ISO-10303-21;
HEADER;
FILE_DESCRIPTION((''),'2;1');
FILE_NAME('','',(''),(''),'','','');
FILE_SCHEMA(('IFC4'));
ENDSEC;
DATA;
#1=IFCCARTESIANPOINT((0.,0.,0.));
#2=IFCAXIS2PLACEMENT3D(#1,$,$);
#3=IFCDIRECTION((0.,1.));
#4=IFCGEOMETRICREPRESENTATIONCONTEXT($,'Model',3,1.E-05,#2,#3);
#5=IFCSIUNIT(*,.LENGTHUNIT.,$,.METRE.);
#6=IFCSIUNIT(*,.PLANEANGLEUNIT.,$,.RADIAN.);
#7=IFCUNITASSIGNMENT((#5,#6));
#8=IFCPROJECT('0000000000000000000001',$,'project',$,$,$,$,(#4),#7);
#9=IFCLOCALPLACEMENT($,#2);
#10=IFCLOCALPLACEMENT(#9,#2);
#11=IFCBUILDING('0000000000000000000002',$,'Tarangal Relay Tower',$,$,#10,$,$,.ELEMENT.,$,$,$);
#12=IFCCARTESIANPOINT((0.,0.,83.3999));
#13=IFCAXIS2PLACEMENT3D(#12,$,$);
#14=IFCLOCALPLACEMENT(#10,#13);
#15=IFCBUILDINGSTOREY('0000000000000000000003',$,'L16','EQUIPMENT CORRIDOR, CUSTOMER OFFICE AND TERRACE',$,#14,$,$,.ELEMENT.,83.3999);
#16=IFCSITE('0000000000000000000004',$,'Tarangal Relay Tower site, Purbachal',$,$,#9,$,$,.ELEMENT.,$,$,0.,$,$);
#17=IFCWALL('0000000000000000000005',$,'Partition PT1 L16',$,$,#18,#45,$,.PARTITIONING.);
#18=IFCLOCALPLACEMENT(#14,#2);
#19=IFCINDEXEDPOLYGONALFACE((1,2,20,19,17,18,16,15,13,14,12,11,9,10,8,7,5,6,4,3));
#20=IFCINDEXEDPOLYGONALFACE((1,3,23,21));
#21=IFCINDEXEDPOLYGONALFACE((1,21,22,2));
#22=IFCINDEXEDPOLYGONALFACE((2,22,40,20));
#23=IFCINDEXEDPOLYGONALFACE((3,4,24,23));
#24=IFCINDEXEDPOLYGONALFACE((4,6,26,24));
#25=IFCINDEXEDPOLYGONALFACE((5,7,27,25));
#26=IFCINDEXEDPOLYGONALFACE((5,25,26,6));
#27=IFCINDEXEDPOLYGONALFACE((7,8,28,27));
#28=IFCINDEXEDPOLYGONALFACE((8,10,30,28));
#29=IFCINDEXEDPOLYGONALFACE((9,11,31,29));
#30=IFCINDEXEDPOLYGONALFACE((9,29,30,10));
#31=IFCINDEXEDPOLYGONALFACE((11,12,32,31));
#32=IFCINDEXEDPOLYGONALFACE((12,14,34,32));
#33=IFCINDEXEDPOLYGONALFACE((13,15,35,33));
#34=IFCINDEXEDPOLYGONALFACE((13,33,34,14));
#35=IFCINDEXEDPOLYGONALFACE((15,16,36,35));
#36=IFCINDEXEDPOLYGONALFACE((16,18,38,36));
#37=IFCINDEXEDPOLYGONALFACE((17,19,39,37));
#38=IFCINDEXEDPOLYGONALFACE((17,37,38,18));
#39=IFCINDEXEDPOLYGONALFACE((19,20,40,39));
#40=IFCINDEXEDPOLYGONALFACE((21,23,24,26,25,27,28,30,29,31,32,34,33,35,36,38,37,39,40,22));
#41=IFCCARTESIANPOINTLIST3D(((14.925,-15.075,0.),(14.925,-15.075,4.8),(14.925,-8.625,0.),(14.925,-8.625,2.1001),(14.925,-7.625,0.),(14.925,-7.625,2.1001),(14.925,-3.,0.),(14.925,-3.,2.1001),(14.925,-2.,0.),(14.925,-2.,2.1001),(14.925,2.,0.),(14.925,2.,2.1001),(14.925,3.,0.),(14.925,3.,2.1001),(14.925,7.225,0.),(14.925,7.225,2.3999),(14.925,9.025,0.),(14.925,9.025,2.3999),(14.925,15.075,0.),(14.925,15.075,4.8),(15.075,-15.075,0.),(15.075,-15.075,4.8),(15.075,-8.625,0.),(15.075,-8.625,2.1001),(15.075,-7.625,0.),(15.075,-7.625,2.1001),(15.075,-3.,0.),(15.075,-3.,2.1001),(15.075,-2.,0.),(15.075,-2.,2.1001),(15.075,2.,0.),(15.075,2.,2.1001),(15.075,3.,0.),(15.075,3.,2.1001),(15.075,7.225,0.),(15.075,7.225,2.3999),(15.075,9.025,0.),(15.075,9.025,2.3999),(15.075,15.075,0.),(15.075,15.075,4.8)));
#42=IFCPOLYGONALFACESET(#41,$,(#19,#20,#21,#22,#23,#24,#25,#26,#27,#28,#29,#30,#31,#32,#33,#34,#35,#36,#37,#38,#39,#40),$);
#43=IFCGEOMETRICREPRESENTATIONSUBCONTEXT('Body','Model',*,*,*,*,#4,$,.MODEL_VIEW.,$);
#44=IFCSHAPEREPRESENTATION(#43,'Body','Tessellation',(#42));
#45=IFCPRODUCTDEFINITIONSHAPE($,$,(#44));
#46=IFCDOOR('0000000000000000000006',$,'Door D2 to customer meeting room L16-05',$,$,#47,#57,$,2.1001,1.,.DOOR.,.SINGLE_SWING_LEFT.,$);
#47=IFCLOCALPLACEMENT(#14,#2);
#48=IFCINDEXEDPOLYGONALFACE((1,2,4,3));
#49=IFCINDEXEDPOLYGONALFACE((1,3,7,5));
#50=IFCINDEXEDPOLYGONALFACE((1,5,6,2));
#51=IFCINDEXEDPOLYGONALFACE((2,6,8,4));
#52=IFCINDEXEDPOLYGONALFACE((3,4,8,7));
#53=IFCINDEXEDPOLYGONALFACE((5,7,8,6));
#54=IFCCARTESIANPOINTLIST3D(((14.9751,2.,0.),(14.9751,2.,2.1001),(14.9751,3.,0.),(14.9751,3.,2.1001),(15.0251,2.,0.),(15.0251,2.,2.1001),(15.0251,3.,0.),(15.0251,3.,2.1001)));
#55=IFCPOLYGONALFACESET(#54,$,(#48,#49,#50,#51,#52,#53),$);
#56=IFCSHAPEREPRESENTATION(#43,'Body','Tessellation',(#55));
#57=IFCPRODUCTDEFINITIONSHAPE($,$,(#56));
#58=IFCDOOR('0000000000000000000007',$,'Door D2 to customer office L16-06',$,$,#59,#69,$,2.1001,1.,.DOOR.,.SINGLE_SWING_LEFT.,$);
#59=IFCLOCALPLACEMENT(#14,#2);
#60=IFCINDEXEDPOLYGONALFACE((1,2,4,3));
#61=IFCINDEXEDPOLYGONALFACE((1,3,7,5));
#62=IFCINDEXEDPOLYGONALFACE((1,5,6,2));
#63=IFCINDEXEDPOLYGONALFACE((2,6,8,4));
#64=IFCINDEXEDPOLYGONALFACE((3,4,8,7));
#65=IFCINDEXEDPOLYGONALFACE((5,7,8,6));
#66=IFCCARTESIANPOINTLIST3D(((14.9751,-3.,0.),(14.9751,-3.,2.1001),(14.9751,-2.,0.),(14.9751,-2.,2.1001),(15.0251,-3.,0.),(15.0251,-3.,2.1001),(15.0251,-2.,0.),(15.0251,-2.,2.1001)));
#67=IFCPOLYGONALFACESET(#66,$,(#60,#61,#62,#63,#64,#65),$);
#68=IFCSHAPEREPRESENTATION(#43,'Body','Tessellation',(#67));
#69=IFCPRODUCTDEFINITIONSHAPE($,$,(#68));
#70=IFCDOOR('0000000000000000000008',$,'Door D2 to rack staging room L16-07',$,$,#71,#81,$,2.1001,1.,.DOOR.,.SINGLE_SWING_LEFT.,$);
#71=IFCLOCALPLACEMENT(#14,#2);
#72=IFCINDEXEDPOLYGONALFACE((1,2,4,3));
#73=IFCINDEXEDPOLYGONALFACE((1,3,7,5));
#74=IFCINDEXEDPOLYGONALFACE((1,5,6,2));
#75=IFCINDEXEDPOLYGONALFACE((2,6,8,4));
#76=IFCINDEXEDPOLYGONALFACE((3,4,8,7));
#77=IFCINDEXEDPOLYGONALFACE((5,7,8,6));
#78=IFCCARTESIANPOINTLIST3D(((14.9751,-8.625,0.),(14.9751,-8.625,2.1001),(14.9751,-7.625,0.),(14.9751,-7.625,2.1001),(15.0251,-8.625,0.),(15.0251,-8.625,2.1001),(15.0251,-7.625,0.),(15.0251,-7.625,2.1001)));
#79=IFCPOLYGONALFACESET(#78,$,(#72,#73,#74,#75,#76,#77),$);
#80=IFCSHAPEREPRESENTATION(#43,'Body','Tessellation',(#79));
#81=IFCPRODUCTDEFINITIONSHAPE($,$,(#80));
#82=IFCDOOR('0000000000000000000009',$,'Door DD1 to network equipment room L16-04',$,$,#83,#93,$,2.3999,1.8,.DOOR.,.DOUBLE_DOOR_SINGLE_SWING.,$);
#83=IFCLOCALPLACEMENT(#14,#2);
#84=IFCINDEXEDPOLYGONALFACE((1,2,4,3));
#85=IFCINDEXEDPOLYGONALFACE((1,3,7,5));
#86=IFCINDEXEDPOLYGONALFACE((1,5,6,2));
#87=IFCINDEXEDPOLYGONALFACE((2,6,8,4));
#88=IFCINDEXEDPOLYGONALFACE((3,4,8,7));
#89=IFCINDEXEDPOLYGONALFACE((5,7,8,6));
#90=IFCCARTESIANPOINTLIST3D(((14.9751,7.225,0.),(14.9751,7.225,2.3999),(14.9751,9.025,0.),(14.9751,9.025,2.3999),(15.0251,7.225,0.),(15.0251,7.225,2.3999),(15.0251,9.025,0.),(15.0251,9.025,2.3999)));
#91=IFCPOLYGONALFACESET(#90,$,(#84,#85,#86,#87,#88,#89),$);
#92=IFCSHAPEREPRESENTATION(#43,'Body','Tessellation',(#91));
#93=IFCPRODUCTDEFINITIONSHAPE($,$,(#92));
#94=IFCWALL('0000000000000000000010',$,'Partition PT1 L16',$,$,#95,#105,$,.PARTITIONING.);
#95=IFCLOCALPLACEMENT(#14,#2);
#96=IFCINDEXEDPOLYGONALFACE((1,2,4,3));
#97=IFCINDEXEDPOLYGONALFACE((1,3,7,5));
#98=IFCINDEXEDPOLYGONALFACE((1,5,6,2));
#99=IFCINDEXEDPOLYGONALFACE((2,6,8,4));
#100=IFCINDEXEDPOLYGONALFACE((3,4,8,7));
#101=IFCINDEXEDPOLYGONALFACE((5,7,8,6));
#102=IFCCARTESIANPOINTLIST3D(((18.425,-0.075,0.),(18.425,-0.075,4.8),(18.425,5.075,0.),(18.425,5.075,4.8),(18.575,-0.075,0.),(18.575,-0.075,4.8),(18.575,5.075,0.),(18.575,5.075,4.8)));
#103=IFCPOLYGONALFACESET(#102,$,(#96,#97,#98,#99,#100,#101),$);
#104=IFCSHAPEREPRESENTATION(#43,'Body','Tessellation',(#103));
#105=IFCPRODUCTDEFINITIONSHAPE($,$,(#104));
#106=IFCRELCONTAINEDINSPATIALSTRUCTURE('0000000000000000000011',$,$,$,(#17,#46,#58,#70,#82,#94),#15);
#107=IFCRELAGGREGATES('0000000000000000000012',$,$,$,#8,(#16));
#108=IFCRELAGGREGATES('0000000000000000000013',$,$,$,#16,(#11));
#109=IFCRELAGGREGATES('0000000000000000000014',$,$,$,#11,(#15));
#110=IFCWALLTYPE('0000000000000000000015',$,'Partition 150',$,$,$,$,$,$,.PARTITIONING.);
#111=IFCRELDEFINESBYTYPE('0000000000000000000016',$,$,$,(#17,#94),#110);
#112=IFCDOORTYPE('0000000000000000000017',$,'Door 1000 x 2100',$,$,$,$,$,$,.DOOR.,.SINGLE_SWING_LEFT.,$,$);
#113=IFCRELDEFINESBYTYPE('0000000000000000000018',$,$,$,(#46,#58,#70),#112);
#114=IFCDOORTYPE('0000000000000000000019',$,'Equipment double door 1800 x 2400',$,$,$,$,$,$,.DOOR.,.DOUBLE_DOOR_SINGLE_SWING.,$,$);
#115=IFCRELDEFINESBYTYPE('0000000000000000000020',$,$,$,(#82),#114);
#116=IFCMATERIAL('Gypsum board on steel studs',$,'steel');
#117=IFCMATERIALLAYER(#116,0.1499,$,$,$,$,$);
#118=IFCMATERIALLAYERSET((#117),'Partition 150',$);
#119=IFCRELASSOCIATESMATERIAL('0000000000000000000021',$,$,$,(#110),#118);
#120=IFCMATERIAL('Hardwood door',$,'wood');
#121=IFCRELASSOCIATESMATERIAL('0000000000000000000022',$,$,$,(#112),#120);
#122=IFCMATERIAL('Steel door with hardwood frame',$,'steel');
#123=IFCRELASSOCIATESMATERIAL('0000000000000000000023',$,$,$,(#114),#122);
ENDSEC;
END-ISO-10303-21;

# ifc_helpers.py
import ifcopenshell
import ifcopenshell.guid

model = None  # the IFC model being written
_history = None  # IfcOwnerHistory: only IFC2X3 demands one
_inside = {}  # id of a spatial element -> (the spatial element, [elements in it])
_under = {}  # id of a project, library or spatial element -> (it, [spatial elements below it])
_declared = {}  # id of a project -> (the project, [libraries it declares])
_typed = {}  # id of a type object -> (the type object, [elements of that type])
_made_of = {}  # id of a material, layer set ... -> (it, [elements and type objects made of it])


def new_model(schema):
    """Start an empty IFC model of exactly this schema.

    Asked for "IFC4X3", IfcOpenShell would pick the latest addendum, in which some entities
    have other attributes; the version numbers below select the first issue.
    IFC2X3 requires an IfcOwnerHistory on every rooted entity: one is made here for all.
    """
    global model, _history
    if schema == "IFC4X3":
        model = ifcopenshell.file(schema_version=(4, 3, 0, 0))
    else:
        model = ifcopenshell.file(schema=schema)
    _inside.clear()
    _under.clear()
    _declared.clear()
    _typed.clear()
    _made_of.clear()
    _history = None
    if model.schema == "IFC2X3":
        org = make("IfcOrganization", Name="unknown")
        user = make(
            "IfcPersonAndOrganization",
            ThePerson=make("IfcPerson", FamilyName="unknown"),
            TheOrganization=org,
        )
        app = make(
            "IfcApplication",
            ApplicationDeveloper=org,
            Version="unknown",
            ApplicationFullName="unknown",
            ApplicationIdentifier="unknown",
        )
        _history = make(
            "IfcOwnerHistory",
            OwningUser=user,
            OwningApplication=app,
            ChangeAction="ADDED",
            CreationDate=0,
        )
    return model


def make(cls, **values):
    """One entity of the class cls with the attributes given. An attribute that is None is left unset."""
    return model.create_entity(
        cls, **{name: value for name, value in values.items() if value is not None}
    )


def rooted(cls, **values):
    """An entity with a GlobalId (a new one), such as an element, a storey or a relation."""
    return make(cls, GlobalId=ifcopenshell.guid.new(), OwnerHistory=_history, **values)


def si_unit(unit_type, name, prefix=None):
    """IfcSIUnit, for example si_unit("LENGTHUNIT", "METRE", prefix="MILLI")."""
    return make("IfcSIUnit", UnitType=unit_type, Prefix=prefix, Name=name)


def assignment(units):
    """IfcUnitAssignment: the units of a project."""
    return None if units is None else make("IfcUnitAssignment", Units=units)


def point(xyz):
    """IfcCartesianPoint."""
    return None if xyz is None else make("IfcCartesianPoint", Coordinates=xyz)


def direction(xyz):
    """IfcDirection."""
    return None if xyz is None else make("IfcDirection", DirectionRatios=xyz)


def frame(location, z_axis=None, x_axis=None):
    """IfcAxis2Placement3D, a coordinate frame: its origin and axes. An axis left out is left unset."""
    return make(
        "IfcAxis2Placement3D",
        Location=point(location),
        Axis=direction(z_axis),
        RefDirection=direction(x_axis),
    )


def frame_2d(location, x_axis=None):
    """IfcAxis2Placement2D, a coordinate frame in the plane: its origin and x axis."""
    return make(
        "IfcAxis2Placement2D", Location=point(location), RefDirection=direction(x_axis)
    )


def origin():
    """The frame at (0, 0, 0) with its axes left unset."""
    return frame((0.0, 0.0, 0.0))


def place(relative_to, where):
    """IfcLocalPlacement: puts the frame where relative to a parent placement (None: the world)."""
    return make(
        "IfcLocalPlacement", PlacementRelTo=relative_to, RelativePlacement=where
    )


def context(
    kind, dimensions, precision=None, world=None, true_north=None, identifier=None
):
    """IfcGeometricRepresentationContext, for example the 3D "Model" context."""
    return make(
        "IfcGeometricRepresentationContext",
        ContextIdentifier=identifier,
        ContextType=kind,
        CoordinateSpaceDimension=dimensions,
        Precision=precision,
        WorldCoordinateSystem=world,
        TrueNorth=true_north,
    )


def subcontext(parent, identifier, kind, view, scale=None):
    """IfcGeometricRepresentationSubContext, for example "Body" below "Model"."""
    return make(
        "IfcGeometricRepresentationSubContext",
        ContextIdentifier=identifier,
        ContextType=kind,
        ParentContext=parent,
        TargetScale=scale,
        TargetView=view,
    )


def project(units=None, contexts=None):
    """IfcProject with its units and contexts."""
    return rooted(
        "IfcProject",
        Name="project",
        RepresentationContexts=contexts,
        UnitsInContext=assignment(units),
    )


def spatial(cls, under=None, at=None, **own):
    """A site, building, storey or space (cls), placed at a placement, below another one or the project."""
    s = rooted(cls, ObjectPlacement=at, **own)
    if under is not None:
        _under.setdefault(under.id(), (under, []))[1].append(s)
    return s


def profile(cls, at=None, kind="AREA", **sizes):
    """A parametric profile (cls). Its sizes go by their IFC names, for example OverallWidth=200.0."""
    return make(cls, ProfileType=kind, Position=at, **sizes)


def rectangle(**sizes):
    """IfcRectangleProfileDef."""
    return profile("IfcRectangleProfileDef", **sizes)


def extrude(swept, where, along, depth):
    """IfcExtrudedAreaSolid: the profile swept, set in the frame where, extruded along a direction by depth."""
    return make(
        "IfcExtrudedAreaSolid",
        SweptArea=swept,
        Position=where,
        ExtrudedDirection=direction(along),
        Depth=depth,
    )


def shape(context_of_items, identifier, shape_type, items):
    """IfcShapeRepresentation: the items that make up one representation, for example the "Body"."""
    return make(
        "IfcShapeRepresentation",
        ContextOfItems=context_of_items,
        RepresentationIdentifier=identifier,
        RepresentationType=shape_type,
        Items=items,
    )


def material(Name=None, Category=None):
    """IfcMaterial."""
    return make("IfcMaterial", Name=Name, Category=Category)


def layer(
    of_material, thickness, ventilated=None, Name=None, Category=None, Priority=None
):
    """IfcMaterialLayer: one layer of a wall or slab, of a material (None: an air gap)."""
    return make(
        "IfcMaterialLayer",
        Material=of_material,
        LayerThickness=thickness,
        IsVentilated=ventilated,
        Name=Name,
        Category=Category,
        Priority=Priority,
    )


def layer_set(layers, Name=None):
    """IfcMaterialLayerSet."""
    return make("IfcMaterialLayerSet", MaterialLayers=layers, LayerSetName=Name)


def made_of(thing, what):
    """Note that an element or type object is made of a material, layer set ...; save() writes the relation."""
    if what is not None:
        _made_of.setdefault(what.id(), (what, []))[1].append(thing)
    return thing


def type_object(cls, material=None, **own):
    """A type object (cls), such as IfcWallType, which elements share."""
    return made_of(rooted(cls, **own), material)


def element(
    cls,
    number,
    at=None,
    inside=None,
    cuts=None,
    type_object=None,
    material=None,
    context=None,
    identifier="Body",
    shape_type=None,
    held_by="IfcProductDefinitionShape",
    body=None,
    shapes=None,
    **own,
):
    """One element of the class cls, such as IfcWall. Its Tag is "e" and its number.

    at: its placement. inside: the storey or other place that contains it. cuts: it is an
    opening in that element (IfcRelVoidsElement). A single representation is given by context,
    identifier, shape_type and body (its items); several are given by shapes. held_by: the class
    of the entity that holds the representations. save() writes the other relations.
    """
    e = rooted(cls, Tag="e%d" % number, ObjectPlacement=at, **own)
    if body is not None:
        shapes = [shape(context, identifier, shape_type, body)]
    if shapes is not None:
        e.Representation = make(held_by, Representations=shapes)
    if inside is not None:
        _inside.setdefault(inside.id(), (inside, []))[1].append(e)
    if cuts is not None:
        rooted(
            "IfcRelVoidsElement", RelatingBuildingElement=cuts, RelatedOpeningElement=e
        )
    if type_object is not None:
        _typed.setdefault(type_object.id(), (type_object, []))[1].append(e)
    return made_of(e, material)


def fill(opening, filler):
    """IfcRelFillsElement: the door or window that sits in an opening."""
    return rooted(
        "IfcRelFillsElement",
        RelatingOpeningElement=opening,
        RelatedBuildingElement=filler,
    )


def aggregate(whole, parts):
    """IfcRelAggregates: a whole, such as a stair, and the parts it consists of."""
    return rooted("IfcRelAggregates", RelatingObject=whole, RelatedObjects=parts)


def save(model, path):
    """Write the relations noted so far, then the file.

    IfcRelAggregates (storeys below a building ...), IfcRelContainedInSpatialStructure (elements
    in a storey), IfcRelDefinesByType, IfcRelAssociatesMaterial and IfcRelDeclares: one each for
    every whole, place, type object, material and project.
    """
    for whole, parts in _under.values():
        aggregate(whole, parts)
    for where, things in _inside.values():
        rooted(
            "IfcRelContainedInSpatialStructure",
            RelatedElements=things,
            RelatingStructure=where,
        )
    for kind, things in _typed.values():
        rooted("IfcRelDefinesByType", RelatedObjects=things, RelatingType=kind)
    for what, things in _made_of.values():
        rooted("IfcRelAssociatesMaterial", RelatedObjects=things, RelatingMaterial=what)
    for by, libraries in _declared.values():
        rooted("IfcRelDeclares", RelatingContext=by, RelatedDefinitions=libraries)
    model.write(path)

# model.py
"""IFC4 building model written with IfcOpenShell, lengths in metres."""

from ifc_helpers import new_model, si_unit, direction, frame, frame_2d, origin, place, context, subcontext, project, spatial, rectangle, extrude, material, layer, layer_set, type_object, element, fill, save


model = new_model("IFC4")

# Units and contexts
model_context = context("Model", 3, precision=1e-05, world=origin(), true_north=direction((0.0, 1.0)))
body_context = subcontext(model_context, "Body", "Model", "MODEL_VIEW")
ifc_project = project(units=[si_unit("LENGTHUNIT", "METRE"), si_unit("PLANEANGLEUNIT", "RADIAN")], contexts=[model_context])

# Site, building, storey
site_placement = place(None, origin())
site = spatial("IfcSite", under=ifc_project, at=site_placement, Name="Tarangal Relay Tower site, Purbachal", CompositionType="ELEMENT", RefElevation=0.0)
building_placement = place(site_placement, origin())
building = spatial("IfcBuilding", under=site, at=building_placement, Name="Tarangal Relay Tower", CompositionType="ELEMENT")
storey_placement = place(building_placement, frame((0.0, 0.0, 83.3999)))
storey = spatial("IfcBuildingStorey", under=building, at=storey_placement, Name="L16", Description="EQUIPMENT CORRIDOR, CUSTOMER OFFICE AND TERRACE", CompositionType="ELEMENT", Elevation=83.3999)

# Shared definitions
ifc_material_1 = material(Name="Hardwood door", Category="wood")

# Shared definitions
ifc_material_2 = material(Name="Steel door with hardwood frame", Category="steel")

# Shared definitions
ifc_material_3 = material(Name="Gypsum board on steel studs", Category="steel")
ifc_layer_1 = layer(ifc_material_3, 0.1499)
ifc_layer_set_1 = layer_set([ifc_layer_1], Name="Partition 150")
wall_type_1 = type_object("IfcWallType", Name="Partition 150", PredefinedType="PARTITIONING", material=ifc_layer_set_1)

# Wall, openings, doors
wall_1_placement = place(storey_placement, frame((15.0, -15.075, 0.0), z_axis=(0.0, 0.0, 1.0), x_axis=(0.0, 1.0, 0.0)))
wall_1 = element("IfcWall", 1, at=wall_1_placement, inside=storey, type_object=wall_type_1, Name="Partition PT1 L16", PredefinedType="PARTITIONING", context=body_context, shape_type="SweptSolid", body=[
    extrude(rectangle(XDim=30.1499, YDim=0.1499, at=frame_2d((15.075, 0.0))), origin(), (0.0, 0.0, 1.0), 4.8),
])
opening_1_placement = place(wall_1_placement, frame((22.3, 0.0, 0.0)))
opening_1 = element("IfcOpeningElement", 2, at=opening_1_placement, cuts=wall_1, PredefinedType="OPENING", context=body_context, shape_type="SweptSolid", body=[
    extrude(rectangle(XDim=1.8, YDim=2.3999, at=frame_2d((0.8999, 1.2))), frame((0.0, 0.085, 0.0), z_axis=(0.0, -1.0, 0.0), x_axis=(1.0, 0.0, 0.0)), (0.0, 0.0, 1.0), 0.1699),
])
opening_2_placement = place(wall_1_placement, frame((17.075, 0.0, 0.0)))
opening_2 = element("IfcOpeningElement", 3, at=opening_2_placement, cuts=wall_1, PredefinedType="OPENING", context=body_context, shape_type="SweptSolid", body=[
    extrude(rectangle(XDim=1.0, YDim=2.1001, at=frame_2d((0.5, 1.05))), frame((0.0, 0.085, 0.0), z_axis=(0.0, -1.0, 0.0), x_axis=(1.0, 0.0, 0.0)), (0.0, 0.0, 1.0), 0.1699),
])
opening_3_placement = place(wall_1_placement, frame((12.075, 0.0, 0.0)))
opening_3 = element("IfcOpeningElement", 4, at=opening_3_placement, cuts=wall_1, PredefinedType="OPENING", context=body_context, shape_type="SweptSolid", body=[
    extrude(rectangle(XDim=1.0, YDim=2.1001, at=frame_2d((0.5, 1.05))), frame((0.0, 0.085, 0.0), z_axis=(0.0, -1.0, 0.0), x_axis=(1.0, 0.0, 0.0)), (0.0, 0.0, 1.0), 0.1699),
])
opening_4_placement = place(wall_1_placement, frame((6.45, 0.0, 0.0)))
opening_4 = element("IfcOpeningElement", 5, at=opening_4_placement, cuts=wall_1, PredefinedType="OPENING", context=body_context, shape_type="SweptSolid", body=[
    extrude(rectangle(XDim=1.0, YDim=2.1001, at=frame_2d((0.5, 1.05))), frame((0.0, 0.085, 0.0), z_axis=(0.0, -1.0, 0.0), x_axis=(1.0, 0.0, 0.0)), (0.0, 0.0, 1.0), 0.1699),
])
door_type_1 = type_object("IfcDoorType", Name="Door 1000 x 2100", OperationType="SINGLE_SWING_LEFT", PredefinedType="DOOR", material=ifc_material_1)
door_1_placement = place(opening_2_placement, origin())
door_1 = element("IfcDoor", 6, at=door_1_placement, inside=storey, type_object=door_type_1, Name="Door D2 to customer meeting room L16-05", OperationType="SINGLE_SWING_LEFT", OverallHeight=2.1001, OverallWidth=1.0, PredefinedType="DOOR", context=body_context, shape_type="SweptSolid", body=[
    extrude(rectangle(XDim=1.0, YDim=2.1001, at=frame_2d((0.5, 1.05))), frame((0.0, 0.0249, 0.0), z_axis=(0.0, -1.0, 0.0), x_axis=(1.0, 0.0, 0.0)), (0.0, 0.0, 1.0), 0.05),
])
fill(opening_2, door_1)
door_2_placement = place(opening_3_placement, origin())
door_2 = element("IfcDoor", 7, at=door_2_placement, inside=storey, type_object=door_type_1, Name="Door D2 to customer office L16-06", OperationType="SINGLE_SWING_LEFT", OverallHeight=2.1001, OverallWidth=1.0, PredefinedType="DOOR", context=body_context, shape_type="SweptSolid", body=[
    extrude(rectangle(XDim=1.0, YDim=2.1001, at=frame_2d((0.5, 1.05))), frame((0.0, 0.0249, 0.0), z_axis=(0.0, -1.0, 0.0), x_axis=(1.0, 0.0, 0.0)), (0.0, 0.0, 1.0), 0.05),
])
fill(opening_3, door_2)
door_3_placement = place(opening_4_placement, origin())
door_3 = element("IfcDoor", 8, at=door_3_placement, inside=storey, type_object=door_type_1, Name="Door D2 to rack staging room L16-07", OperationType="SINGLE_SWING_LEFT", OverallHeight=2.1001, OverallWidth=1.0, PredefinedType="DOOR", context=body_context, shape_type="SweptSolid", body=[
    extrude(rectangle(XDim=1.0, YDim=2.1001, at=frame_2d((0.5, 1.05))), frame((0.0, 0.0249, 0.0), z_axis=(0.0, -1.0, 0.0), x_axis=(1.0, 0.0, 0.0)), (0.0, 0.0, 1.0), 0.05),
])
fill(opening_4, door_3)
door_type_2 = type_object("IfcDoorType", Name="Equipment double door 1800 x 2400", OperationType="DOUBLE_DOOR_SINGLE_SWING", PredefinedType="DOOR", material=ifc_material_2)
door_4_placement = place(opening_1_placement, origin())
door_4 = element("IfcDoor", 9, at=door_4_placement, inside=storey, type_object=door_type_2, Name="Door DD1 to network equipment room L16-04", OperationType="DOUBLE_DOOR_SINGLE_SWING", OverallHeight=2.3999, OverallWidth=1.8, PredefinedType="DOOR", context=body_context, shape_type="SweptSolid", body=[
    extrude(rectangle(XDim=1.8, YDim=2.3999, at=frame_2d((0.8999, 1.2))), frame((0.0, 0.0249, 0.0), z_axis=(0.0, -1.0, 0.0), x_axis=(1.0, 0.0, 0.0)), (0.0, 0.0, 1.0), 0.05),
])
fill(opening_1, door_4)

# Wall
wall_2_placement = place(storey_placement, frame((18.5, -0.075, 0.0), z_axis=(0.0, 0.0, 1.0), x_axis=(0.0, 1.0, 0.0)))
element("IfcWall", 10, at=wall_2_placement, inside=storey, type_object=wall_type_1, Name="Partition PT1 L16", PredefinedType="PARTITIONING", context=body_context, shape_type="SweptSolid", body=[
    extrude(rectangle(XDim=5.1499, YDim=0.1499, at=frame_2d((2.575, 0.0))), origin(), (0.0, 0.0, 1.0), 4.8),
])

save(model, "model.ifc")
